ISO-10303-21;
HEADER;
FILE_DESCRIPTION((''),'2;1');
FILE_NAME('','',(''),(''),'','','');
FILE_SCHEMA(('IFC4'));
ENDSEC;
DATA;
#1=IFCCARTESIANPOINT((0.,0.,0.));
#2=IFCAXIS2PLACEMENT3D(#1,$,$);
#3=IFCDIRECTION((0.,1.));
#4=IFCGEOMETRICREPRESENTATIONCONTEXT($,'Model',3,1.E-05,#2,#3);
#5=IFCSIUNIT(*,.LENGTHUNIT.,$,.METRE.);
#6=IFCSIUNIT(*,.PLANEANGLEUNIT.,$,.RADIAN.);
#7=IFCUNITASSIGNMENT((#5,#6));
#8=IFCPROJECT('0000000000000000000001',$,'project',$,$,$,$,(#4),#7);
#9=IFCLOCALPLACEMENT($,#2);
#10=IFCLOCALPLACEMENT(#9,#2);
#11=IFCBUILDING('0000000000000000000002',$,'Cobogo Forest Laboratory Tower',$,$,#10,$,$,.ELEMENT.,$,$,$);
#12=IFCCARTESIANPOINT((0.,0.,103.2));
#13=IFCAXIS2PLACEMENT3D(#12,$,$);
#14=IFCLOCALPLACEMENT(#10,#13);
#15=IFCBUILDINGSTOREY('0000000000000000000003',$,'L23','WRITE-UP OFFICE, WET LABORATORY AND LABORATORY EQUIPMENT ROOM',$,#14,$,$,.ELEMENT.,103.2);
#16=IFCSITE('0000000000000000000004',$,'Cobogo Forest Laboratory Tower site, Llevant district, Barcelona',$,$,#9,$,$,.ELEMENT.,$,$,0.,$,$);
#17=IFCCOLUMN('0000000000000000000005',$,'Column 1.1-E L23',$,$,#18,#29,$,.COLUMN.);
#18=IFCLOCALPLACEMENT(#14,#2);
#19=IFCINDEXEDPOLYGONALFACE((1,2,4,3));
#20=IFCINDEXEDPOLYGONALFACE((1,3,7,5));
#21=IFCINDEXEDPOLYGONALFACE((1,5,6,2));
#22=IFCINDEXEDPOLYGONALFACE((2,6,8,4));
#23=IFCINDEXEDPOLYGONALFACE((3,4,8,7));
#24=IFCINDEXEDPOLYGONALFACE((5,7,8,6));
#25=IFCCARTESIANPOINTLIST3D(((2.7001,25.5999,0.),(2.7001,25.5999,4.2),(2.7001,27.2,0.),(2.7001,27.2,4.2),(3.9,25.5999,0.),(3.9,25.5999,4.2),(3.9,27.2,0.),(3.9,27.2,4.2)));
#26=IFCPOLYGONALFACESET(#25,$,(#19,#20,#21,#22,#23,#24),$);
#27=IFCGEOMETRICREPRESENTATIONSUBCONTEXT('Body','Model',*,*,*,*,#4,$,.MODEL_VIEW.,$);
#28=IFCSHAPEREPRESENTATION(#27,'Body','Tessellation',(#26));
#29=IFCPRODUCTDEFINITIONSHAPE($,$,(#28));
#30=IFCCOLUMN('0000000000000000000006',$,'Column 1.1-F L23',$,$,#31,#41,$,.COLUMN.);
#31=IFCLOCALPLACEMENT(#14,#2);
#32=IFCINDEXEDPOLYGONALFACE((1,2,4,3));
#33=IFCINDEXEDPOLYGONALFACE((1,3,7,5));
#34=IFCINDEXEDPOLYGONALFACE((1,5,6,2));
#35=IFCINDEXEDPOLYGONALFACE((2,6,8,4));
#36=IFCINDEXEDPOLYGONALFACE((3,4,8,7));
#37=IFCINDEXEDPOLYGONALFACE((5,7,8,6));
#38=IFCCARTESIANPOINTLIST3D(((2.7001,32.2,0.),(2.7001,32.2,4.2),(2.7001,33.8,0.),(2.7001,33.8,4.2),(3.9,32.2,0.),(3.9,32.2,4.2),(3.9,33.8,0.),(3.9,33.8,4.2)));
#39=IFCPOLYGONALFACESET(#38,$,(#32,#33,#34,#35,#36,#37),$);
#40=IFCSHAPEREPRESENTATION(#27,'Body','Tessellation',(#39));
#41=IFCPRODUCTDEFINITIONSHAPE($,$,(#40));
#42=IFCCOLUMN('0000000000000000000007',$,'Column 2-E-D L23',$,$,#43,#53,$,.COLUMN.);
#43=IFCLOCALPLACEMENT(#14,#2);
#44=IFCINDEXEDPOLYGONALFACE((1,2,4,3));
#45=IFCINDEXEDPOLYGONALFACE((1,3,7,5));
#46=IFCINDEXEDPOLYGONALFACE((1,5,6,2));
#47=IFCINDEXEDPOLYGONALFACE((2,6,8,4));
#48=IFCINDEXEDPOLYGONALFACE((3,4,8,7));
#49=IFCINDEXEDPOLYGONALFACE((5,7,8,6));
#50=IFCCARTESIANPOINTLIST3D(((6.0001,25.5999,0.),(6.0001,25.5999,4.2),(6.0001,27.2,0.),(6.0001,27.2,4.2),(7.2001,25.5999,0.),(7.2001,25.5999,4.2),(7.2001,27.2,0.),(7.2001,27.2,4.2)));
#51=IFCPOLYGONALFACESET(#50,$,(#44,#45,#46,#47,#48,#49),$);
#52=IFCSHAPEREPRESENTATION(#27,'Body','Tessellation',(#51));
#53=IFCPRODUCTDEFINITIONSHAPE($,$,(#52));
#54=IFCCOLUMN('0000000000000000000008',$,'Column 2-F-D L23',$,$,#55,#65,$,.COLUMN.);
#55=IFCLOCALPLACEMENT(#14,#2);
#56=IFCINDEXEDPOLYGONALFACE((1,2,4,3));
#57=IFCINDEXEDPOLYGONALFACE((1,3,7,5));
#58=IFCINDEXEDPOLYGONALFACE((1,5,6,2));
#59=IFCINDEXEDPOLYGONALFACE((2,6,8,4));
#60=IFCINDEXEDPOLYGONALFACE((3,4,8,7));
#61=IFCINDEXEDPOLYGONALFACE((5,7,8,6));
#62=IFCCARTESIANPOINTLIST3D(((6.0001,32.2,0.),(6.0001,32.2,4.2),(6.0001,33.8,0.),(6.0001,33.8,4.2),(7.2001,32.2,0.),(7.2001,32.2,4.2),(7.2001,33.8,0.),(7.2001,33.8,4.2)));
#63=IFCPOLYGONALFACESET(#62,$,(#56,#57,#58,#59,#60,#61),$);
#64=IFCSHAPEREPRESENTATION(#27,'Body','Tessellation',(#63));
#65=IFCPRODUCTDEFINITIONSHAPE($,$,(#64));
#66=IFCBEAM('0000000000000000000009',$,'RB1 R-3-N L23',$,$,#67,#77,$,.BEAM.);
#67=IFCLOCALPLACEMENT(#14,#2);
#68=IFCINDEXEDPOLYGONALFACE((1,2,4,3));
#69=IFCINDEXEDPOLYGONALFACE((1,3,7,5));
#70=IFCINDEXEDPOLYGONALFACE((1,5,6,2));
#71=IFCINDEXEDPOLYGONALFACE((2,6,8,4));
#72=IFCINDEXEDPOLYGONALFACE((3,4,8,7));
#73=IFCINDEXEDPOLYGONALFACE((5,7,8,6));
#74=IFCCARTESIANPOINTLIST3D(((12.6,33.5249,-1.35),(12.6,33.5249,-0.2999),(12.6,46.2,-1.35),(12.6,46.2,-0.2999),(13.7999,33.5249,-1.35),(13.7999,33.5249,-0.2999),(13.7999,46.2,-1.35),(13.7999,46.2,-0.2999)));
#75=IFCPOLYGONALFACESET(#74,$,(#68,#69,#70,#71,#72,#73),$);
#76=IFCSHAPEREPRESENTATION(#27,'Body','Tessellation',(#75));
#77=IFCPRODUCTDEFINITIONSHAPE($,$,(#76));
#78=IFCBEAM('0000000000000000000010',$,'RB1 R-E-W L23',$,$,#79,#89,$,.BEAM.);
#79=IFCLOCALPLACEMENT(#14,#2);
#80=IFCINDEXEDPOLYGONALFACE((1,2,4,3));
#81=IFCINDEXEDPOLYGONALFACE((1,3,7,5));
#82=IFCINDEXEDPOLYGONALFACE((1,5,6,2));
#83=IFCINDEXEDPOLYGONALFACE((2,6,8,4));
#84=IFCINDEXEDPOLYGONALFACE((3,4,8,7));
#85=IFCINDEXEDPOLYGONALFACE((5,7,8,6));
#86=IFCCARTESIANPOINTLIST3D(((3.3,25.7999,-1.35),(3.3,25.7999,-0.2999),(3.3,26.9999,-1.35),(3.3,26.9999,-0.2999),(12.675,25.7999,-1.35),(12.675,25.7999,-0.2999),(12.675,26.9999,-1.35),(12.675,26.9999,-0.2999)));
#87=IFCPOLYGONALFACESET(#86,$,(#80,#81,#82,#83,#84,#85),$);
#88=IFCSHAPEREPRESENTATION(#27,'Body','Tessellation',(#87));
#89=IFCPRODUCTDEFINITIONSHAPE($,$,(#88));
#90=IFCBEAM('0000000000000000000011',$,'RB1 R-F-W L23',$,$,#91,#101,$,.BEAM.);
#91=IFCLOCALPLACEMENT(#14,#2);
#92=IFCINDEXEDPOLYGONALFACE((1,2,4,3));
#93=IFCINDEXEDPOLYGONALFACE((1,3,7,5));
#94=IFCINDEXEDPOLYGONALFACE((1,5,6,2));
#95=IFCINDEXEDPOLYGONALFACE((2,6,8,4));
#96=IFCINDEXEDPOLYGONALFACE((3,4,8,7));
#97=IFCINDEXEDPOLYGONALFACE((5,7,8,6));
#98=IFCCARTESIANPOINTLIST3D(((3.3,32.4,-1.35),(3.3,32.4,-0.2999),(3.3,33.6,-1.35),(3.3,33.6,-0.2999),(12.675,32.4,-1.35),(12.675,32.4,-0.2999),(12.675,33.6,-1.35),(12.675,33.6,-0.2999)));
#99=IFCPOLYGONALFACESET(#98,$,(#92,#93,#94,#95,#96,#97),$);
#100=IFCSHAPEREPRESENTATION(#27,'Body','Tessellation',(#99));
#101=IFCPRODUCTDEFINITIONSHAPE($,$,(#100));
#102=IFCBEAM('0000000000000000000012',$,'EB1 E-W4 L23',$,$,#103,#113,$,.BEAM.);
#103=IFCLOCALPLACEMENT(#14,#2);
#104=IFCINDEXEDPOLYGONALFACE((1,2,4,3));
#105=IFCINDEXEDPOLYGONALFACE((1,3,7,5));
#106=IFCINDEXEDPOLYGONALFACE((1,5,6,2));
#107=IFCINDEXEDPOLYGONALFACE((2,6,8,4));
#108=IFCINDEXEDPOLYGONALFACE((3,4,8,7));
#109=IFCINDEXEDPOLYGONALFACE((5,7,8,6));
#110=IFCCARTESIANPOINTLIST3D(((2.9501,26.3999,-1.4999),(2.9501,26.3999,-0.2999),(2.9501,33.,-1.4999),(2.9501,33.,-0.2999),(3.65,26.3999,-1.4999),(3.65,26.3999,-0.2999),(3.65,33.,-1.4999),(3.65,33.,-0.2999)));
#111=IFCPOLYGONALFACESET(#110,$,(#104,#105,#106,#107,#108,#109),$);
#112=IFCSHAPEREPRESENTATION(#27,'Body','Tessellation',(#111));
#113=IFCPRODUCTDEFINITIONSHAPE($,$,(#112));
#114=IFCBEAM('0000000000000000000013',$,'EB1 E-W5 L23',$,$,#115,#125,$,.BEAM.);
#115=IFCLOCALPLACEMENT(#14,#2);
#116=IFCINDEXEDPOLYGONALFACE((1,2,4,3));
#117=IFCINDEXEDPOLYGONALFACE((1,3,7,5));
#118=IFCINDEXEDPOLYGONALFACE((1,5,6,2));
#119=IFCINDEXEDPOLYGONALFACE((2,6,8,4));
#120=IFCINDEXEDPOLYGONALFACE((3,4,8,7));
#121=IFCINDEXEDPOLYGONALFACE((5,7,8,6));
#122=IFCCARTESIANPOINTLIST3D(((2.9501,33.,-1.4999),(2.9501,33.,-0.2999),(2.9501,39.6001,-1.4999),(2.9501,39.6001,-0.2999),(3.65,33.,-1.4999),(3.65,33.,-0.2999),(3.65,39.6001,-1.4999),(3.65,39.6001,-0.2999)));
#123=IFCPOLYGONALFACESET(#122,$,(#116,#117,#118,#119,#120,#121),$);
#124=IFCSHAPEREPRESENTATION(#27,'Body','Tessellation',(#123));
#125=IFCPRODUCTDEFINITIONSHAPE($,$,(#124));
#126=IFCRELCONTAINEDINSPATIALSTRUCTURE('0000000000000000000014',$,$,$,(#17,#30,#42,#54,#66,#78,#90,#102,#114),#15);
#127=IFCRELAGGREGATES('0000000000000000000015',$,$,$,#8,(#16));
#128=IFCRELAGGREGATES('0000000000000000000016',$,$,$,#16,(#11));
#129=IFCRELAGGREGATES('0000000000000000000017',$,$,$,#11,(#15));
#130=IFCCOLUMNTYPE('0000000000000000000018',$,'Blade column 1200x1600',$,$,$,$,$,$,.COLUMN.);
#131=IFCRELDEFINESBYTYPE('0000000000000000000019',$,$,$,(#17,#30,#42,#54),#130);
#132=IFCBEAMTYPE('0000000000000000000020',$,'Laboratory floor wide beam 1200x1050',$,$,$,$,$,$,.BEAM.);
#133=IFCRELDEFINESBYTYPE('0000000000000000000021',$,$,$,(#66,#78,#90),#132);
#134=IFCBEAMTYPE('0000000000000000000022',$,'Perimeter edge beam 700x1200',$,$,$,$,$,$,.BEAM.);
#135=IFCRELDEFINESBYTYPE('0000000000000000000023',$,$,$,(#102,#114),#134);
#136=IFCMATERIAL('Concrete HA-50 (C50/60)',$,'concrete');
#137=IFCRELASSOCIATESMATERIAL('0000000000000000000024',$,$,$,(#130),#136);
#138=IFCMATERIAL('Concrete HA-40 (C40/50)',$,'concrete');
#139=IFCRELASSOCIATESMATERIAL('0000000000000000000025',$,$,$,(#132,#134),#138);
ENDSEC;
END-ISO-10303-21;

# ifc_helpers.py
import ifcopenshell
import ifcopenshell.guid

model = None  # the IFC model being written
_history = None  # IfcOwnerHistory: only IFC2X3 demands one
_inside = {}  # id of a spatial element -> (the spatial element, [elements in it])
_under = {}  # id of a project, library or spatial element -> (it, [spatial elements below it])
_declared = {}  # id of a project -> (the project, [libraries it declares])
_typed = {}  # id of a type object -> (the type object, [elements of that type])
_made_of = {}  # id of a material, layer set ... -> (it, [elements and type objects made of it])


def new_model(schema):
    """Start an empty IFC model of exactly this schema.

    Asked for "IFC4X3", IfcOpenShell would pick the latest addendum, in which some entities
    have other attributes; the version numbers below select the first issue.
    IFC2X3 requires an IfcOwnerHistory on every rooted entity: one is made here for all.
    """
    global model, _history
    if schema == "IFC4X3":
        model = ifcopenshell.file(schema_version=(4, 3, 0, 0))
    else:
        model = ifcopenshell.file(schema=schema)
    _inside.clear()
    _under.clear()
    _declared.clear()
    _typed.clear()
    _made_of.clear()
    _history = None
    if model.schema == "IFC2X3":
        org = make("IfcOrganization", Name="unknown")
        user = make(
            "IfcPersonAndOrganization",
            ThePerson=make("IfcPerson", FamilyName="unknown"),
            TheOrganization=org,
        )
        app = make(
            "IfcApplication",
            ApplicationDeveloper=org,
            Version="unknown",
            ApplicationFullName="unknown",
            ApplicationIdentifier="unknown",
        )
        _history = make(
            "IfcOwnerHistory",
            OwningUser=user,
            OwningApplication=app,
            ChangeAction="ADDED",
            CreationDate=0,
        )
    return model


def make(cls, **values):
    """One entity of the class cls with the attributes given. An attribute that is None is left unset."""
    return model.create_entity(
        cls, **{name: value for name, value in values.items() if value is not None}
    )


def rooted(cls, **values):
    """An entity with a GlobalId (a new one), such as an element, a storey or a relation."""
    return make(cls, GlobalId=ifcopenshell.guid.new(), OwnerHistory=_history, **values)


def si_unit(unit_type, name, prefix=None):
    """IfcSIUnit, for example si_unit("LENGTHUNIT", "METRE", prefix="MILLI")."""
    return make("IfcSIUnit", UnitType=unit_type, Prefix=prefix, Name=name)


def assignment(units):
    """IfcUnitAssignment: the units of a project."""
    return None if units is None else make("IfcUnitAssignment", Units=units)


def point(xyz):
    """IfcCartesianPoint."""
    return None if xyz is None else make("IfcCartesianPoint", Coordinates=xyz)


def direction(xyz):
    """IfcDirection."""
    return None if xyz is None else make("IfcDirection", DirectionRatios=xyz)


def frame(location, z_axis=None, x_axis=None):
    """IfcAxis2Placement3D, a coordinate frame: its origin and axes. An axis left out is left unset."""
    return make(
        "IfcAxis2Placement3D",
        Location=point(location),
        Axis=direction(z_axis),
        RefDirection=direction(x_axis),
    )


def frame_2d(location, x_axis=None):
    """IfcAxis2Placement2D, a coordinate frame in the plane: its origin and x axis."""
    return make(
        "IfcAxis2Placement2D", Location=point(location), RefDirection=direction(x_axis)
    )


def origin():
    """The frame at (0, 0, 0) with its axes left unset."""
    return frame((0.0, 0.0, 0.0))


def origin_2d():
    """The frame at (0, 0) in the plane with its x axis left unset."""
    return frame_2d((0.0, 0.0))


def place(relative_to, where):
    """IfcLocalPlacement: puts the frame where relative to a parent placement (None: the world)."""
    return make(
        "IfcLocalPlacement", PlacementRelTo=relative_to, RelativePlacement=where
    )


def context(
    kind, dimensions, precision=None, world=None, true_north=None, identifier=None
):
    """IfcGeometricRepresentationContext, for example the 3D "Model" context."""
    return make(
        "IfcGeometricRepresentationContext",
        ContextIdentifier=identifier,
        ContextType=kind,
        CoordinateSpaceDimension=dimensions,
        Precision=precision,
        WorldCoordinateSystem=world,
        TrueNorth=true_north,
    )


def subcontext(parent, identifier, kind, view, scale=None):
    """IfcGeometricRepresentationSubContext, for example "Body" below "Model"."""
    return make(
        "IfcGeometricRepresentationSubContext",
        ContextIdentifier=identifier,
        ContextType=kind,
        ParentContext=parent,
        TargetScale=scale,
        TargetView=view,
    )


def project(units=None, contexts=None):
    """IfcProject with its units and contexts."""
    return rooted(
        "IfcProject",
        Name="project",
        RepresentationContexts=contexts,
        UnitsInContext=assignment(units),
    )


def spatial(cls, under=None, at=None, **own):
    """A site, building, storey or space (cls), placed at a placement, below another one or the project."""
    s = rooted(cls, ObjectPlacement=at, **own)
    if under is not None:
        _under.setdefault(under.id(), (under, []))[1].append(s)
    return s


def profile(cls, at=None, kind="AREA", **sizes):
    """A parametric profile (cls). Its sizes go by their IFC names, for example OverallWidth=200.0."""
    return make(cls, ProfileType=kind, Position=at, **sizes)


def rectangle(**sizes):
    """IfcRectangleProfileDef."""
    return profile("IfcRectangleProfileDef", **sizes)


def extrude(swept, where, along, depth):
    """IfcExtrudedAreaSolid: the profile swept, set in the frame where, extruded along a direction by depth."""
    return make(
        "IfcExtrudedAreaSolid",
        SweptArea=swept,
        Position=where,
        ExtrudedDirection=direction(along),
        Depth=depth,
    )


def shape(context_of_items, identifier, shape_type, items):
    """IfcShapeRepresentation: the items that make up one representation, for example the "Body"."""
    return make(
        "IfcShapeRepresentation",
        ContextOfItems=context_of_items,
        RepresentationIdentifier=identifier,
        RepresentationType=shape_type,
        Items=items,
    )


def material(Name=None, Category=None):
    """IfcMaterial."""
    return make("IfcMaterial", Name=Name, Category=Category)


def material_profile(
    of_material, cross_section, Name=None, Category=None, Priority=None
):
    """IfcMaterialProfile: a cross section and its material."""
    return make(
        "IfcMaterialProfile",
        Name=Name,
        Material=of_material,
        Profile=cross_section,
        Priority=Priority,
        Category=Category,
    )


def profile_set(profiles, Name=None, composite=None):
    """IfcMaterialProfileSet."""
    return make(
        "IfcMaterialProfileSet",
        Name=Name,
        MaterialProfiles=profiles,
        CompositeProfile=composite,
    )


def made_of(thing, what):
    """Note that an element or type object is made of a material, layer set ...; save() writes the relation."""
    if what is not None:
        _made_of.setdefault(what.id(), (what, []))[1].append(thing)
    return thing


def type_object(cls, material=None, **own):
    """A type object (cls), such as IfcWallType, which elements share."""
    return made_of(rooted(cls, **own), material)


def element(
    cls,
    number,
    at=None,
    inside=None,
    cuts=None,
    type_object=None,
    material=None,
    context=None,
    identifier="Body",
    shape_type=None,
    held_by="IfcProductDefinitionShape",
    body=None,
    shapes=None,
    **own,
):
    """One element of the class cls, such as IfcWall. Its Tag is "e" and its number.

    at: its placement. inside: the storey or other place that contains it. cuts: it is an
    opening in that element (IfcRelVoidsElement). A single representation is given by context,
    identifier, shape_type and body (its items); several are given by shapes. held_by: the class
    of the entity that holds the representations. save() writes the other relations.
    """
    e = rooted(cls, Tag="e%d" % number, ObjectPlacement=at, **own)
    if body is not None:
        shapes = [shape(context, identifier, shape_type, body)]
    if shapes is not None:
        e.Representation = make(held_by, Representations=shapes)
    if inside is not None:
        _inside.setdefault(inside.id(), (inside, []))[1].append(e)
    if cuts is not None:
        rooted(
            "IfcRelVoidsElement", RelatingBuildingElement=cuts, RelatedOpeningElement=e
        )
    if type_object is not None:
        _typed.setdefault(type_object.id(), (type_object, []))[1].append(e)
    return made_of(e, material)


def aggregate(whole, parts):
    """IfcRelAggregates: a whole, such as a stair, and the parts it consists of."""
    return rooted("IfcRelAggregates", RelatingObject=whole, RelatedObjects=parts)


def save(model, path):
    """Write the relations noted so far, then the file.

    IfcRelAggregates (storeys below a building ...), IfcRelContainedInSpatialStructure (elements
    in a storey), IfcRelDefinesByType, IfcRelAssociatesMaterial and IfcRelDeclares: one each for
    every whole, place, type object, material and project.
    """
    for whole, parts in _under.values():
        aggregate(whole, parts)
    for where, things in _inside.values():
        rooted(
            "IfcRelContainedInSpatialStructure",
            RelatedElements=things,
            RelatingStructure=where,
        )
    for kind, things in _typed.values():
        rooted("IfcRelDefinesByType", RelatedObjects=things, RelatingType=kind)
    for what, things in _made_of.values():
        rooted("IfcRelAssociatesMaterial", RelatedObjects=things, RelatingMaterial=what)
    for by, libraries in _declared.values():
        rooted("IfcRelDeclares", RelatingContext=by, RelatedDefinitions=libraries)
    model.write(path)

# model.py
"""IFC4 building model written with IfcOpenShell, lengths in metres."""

from ifc_helpers import new_model, si_unit, direction, frame, origin, origin_2d, place, context, subcontext, project, spatial, rectangle, extrude, material, material_profile, profile_set, type_object, element, save


model = new_model("IFC4")

# Units and contexts
model_context = context("Model", 3, precision=1e-05, world=origin(), true_north=direction((0.0, 1.0)))
body_context = subcontext(model_context, "Body", "Model", "MODEL_VIEW")
ifc_project = project(units=[si_unit("LENGTHUNIT", "METRE"), si_unit("PLANEANGLEUNIT", "RADIAN")], contexts=[model_context])

# Site, building, storey
site_placement = place(None, origin())
site = spatial("IfcSite", under=ifc_project, at=site_placement, Name="Cobogo Forest Laboratory Tower site, Llevant district, Barcelona", CompositionType="ELEMENT", RefElevation=0.0)
building_placement = place(site_placement, origin())
building = spatial("IfcBuilding", under=site, at=building_placement, Name="Cobogo Forest Laboratory Tower", CompositionType="ELEMENT")
storey_placement = place(building_placement, frame((0.0, 0.0, 103.2)))
storey = spatial("IfcBuildingStorey", under=building, at=storey_placement, Name="L23", Description="WRITE-UP OFFICE, WET LABORATORY AND LABORATORY EQUIPMENT ROOM", CompositionType="ELEMENT", Elevation=103.2)

# Columns
ifc_material_1 = material(Name="Concrete HA-50 (C50/60)", Category="concrete")
ifc_material_profile_1 = material_profile(ifc_material_1, rectangle(XDim=1.6001, YDim=1.2, at=origin_2d()), Name="RC 1200x1600")
ifc_profile_set_1 = profile_set([ifc_material_profile_1], Name="Concrete HA-50 (C50/60)")
column_type = type_object("IfcColumnType", Name="Blade column 1200x1600", PredefinedType="COLUMN", material=ifc_profile_set_1)
for number, where, z_axis, x_axis, name in (
    (1, (3.3, 26.3999, 0.0), (0.0, 0.0, 1.0), (0.0, 1.0, 0.0), "Column 1.1-E L23"),
    (2, (3.3, 33.0, 0.0), (0.0, 0.0, 1.0), (0.0, 1.0, 0.0), "Column 1.1-F L23"),
    (3, (6.6001, 26.3999, 0.0), (0.0, 0.0, 1.0), (0.0, 1.0, 0.0), "Column 2-E-D L23"),
    (4, (6.6001, 33.0, 0.0), (0.0, 0.0, 1.0), (0.0, 1.0, 0.0), "Column 2-F-D L23"),
):
    element("IfcColumn", number, at=place(storey_placement, frame(where, z_axis=z_axis, x_axis=x_axis)), inside=storey, type_object=column_type, Name=name, PredefinedType="COLUMN", context=body_context, shape_type="SweptSolid", body=[
        extrude(rectangle(XDim=1.6001, YDim=1.2, at=origin_2d()), origin(), (0.0, 0.0, 1.0), 4.2),
    ])

# Beams
ifc_material_2 = material(Name="Concrete HA-40 (C40/50)", Category="concrete")
ifc_material_profile_2 = material_profile(ifc_material_2, rectangle(XDim=1.2, YDim=1.05, at=origin_2d()), Name="RC 1200x1050")
ifc_profile_set_2 = profile_set([ifc_material_profile_2], Name="Concrete HA-40 (C40/50)")
beam_type_1 = type_object("IfcBeamType", Name="Laboratory floor wide beam 1200x1050", PredefinedType="BEAM", material=ifc_profile_set_2)
beam_placement = place(storey_placement, frame((13.2, 33.5249, -0.825), z_axis=(0.0, 1.0, 0.0), x_axis=(-1.0, 0.0, 0.0)))
element("IfcBeam", 5, at=beam_placement, inside=storey, type_object=beam_type_1, Name="RB1 R-3-N L23", PredefinedType="BEAM", context=body_context, shape_type="SweptSolid", body=[
    extrude(rectangle(XDim=1.2, YDim=1.05, at=origin_2d()), origin(), (0.0, 0.0, 1.0), 12.675),
])
for number, where, z_axis, x_axis, name in (
    (6, (12.675, 26.3999, -0.825), (-1.0, 0.0, 0.0), (0.0, -1.0, 0.0), "RB1 R-E-W L23"),
    (7, (12.675, 33.0, -0.825), (-1.0, 0.0, 0.0), (0.0, -1.0, 0.0), "RB1 R-F-W L23"),
):
    element("IfcBeam", number, at=place(storey_placement, frame(where, z_axis=z_axis, x_axis=x_axis)), inside=storey, type_object=beam_type_1, Name=name, PredefinedType="BEAM", context=body_context, shape_type="SweptSolid", body=[
        extrude(rectangle(XDim=1.2, YDim=1.05, at=origin_2d()), origin(), (0.0, 0.0, 1.0), 9.375),
    ])
ifc_material_profile_3 = material_profile(ifc_material_2, rectangle(XDim=0.7, YDim=1.2, at=origin_2d()), Name="RC 700x1200")
ifc_profile_set_3 = profile_set([ifc_material_profile_3], Name="Concrete HA-40 (C40/50)")
beam_type_2 = type_object("IfcBeamType", Name="Perimeter edge beam 700x1200", PredefinedType="BEAM", material=ifc_profile_set_3)
for number, where, z_axis, x_axis, name in (
    (8, (3.3, 26.3999, -0.8999), (0.0, 1.0, 0.0), (-1.0, 0.0, 0.0), "EB1 E-W4 L23"),
    (9, (3.3, 33.0, -0.8999), (0.0, 1.0, 0.0), (-1.0, 0.0, 0.0), "EB1 E-W5 L23"),
):
    element("IfcBeam", number, at=place(storey_placement, frame(where, z_axis=z_axis, x_axis=x_axis)), inside=storey, type_object=beam_type_2, Name=name, PredefinedType="BEAM", context=body_context, shape_type="SweptSolid", body=[
        extrude(rectangle(XDim=0.7, YDim=1.2, at=origin_2d()), origin(), (0.0, 0.0, 1.0), 6.6001),
    ])

save(model, "model.ifc")
